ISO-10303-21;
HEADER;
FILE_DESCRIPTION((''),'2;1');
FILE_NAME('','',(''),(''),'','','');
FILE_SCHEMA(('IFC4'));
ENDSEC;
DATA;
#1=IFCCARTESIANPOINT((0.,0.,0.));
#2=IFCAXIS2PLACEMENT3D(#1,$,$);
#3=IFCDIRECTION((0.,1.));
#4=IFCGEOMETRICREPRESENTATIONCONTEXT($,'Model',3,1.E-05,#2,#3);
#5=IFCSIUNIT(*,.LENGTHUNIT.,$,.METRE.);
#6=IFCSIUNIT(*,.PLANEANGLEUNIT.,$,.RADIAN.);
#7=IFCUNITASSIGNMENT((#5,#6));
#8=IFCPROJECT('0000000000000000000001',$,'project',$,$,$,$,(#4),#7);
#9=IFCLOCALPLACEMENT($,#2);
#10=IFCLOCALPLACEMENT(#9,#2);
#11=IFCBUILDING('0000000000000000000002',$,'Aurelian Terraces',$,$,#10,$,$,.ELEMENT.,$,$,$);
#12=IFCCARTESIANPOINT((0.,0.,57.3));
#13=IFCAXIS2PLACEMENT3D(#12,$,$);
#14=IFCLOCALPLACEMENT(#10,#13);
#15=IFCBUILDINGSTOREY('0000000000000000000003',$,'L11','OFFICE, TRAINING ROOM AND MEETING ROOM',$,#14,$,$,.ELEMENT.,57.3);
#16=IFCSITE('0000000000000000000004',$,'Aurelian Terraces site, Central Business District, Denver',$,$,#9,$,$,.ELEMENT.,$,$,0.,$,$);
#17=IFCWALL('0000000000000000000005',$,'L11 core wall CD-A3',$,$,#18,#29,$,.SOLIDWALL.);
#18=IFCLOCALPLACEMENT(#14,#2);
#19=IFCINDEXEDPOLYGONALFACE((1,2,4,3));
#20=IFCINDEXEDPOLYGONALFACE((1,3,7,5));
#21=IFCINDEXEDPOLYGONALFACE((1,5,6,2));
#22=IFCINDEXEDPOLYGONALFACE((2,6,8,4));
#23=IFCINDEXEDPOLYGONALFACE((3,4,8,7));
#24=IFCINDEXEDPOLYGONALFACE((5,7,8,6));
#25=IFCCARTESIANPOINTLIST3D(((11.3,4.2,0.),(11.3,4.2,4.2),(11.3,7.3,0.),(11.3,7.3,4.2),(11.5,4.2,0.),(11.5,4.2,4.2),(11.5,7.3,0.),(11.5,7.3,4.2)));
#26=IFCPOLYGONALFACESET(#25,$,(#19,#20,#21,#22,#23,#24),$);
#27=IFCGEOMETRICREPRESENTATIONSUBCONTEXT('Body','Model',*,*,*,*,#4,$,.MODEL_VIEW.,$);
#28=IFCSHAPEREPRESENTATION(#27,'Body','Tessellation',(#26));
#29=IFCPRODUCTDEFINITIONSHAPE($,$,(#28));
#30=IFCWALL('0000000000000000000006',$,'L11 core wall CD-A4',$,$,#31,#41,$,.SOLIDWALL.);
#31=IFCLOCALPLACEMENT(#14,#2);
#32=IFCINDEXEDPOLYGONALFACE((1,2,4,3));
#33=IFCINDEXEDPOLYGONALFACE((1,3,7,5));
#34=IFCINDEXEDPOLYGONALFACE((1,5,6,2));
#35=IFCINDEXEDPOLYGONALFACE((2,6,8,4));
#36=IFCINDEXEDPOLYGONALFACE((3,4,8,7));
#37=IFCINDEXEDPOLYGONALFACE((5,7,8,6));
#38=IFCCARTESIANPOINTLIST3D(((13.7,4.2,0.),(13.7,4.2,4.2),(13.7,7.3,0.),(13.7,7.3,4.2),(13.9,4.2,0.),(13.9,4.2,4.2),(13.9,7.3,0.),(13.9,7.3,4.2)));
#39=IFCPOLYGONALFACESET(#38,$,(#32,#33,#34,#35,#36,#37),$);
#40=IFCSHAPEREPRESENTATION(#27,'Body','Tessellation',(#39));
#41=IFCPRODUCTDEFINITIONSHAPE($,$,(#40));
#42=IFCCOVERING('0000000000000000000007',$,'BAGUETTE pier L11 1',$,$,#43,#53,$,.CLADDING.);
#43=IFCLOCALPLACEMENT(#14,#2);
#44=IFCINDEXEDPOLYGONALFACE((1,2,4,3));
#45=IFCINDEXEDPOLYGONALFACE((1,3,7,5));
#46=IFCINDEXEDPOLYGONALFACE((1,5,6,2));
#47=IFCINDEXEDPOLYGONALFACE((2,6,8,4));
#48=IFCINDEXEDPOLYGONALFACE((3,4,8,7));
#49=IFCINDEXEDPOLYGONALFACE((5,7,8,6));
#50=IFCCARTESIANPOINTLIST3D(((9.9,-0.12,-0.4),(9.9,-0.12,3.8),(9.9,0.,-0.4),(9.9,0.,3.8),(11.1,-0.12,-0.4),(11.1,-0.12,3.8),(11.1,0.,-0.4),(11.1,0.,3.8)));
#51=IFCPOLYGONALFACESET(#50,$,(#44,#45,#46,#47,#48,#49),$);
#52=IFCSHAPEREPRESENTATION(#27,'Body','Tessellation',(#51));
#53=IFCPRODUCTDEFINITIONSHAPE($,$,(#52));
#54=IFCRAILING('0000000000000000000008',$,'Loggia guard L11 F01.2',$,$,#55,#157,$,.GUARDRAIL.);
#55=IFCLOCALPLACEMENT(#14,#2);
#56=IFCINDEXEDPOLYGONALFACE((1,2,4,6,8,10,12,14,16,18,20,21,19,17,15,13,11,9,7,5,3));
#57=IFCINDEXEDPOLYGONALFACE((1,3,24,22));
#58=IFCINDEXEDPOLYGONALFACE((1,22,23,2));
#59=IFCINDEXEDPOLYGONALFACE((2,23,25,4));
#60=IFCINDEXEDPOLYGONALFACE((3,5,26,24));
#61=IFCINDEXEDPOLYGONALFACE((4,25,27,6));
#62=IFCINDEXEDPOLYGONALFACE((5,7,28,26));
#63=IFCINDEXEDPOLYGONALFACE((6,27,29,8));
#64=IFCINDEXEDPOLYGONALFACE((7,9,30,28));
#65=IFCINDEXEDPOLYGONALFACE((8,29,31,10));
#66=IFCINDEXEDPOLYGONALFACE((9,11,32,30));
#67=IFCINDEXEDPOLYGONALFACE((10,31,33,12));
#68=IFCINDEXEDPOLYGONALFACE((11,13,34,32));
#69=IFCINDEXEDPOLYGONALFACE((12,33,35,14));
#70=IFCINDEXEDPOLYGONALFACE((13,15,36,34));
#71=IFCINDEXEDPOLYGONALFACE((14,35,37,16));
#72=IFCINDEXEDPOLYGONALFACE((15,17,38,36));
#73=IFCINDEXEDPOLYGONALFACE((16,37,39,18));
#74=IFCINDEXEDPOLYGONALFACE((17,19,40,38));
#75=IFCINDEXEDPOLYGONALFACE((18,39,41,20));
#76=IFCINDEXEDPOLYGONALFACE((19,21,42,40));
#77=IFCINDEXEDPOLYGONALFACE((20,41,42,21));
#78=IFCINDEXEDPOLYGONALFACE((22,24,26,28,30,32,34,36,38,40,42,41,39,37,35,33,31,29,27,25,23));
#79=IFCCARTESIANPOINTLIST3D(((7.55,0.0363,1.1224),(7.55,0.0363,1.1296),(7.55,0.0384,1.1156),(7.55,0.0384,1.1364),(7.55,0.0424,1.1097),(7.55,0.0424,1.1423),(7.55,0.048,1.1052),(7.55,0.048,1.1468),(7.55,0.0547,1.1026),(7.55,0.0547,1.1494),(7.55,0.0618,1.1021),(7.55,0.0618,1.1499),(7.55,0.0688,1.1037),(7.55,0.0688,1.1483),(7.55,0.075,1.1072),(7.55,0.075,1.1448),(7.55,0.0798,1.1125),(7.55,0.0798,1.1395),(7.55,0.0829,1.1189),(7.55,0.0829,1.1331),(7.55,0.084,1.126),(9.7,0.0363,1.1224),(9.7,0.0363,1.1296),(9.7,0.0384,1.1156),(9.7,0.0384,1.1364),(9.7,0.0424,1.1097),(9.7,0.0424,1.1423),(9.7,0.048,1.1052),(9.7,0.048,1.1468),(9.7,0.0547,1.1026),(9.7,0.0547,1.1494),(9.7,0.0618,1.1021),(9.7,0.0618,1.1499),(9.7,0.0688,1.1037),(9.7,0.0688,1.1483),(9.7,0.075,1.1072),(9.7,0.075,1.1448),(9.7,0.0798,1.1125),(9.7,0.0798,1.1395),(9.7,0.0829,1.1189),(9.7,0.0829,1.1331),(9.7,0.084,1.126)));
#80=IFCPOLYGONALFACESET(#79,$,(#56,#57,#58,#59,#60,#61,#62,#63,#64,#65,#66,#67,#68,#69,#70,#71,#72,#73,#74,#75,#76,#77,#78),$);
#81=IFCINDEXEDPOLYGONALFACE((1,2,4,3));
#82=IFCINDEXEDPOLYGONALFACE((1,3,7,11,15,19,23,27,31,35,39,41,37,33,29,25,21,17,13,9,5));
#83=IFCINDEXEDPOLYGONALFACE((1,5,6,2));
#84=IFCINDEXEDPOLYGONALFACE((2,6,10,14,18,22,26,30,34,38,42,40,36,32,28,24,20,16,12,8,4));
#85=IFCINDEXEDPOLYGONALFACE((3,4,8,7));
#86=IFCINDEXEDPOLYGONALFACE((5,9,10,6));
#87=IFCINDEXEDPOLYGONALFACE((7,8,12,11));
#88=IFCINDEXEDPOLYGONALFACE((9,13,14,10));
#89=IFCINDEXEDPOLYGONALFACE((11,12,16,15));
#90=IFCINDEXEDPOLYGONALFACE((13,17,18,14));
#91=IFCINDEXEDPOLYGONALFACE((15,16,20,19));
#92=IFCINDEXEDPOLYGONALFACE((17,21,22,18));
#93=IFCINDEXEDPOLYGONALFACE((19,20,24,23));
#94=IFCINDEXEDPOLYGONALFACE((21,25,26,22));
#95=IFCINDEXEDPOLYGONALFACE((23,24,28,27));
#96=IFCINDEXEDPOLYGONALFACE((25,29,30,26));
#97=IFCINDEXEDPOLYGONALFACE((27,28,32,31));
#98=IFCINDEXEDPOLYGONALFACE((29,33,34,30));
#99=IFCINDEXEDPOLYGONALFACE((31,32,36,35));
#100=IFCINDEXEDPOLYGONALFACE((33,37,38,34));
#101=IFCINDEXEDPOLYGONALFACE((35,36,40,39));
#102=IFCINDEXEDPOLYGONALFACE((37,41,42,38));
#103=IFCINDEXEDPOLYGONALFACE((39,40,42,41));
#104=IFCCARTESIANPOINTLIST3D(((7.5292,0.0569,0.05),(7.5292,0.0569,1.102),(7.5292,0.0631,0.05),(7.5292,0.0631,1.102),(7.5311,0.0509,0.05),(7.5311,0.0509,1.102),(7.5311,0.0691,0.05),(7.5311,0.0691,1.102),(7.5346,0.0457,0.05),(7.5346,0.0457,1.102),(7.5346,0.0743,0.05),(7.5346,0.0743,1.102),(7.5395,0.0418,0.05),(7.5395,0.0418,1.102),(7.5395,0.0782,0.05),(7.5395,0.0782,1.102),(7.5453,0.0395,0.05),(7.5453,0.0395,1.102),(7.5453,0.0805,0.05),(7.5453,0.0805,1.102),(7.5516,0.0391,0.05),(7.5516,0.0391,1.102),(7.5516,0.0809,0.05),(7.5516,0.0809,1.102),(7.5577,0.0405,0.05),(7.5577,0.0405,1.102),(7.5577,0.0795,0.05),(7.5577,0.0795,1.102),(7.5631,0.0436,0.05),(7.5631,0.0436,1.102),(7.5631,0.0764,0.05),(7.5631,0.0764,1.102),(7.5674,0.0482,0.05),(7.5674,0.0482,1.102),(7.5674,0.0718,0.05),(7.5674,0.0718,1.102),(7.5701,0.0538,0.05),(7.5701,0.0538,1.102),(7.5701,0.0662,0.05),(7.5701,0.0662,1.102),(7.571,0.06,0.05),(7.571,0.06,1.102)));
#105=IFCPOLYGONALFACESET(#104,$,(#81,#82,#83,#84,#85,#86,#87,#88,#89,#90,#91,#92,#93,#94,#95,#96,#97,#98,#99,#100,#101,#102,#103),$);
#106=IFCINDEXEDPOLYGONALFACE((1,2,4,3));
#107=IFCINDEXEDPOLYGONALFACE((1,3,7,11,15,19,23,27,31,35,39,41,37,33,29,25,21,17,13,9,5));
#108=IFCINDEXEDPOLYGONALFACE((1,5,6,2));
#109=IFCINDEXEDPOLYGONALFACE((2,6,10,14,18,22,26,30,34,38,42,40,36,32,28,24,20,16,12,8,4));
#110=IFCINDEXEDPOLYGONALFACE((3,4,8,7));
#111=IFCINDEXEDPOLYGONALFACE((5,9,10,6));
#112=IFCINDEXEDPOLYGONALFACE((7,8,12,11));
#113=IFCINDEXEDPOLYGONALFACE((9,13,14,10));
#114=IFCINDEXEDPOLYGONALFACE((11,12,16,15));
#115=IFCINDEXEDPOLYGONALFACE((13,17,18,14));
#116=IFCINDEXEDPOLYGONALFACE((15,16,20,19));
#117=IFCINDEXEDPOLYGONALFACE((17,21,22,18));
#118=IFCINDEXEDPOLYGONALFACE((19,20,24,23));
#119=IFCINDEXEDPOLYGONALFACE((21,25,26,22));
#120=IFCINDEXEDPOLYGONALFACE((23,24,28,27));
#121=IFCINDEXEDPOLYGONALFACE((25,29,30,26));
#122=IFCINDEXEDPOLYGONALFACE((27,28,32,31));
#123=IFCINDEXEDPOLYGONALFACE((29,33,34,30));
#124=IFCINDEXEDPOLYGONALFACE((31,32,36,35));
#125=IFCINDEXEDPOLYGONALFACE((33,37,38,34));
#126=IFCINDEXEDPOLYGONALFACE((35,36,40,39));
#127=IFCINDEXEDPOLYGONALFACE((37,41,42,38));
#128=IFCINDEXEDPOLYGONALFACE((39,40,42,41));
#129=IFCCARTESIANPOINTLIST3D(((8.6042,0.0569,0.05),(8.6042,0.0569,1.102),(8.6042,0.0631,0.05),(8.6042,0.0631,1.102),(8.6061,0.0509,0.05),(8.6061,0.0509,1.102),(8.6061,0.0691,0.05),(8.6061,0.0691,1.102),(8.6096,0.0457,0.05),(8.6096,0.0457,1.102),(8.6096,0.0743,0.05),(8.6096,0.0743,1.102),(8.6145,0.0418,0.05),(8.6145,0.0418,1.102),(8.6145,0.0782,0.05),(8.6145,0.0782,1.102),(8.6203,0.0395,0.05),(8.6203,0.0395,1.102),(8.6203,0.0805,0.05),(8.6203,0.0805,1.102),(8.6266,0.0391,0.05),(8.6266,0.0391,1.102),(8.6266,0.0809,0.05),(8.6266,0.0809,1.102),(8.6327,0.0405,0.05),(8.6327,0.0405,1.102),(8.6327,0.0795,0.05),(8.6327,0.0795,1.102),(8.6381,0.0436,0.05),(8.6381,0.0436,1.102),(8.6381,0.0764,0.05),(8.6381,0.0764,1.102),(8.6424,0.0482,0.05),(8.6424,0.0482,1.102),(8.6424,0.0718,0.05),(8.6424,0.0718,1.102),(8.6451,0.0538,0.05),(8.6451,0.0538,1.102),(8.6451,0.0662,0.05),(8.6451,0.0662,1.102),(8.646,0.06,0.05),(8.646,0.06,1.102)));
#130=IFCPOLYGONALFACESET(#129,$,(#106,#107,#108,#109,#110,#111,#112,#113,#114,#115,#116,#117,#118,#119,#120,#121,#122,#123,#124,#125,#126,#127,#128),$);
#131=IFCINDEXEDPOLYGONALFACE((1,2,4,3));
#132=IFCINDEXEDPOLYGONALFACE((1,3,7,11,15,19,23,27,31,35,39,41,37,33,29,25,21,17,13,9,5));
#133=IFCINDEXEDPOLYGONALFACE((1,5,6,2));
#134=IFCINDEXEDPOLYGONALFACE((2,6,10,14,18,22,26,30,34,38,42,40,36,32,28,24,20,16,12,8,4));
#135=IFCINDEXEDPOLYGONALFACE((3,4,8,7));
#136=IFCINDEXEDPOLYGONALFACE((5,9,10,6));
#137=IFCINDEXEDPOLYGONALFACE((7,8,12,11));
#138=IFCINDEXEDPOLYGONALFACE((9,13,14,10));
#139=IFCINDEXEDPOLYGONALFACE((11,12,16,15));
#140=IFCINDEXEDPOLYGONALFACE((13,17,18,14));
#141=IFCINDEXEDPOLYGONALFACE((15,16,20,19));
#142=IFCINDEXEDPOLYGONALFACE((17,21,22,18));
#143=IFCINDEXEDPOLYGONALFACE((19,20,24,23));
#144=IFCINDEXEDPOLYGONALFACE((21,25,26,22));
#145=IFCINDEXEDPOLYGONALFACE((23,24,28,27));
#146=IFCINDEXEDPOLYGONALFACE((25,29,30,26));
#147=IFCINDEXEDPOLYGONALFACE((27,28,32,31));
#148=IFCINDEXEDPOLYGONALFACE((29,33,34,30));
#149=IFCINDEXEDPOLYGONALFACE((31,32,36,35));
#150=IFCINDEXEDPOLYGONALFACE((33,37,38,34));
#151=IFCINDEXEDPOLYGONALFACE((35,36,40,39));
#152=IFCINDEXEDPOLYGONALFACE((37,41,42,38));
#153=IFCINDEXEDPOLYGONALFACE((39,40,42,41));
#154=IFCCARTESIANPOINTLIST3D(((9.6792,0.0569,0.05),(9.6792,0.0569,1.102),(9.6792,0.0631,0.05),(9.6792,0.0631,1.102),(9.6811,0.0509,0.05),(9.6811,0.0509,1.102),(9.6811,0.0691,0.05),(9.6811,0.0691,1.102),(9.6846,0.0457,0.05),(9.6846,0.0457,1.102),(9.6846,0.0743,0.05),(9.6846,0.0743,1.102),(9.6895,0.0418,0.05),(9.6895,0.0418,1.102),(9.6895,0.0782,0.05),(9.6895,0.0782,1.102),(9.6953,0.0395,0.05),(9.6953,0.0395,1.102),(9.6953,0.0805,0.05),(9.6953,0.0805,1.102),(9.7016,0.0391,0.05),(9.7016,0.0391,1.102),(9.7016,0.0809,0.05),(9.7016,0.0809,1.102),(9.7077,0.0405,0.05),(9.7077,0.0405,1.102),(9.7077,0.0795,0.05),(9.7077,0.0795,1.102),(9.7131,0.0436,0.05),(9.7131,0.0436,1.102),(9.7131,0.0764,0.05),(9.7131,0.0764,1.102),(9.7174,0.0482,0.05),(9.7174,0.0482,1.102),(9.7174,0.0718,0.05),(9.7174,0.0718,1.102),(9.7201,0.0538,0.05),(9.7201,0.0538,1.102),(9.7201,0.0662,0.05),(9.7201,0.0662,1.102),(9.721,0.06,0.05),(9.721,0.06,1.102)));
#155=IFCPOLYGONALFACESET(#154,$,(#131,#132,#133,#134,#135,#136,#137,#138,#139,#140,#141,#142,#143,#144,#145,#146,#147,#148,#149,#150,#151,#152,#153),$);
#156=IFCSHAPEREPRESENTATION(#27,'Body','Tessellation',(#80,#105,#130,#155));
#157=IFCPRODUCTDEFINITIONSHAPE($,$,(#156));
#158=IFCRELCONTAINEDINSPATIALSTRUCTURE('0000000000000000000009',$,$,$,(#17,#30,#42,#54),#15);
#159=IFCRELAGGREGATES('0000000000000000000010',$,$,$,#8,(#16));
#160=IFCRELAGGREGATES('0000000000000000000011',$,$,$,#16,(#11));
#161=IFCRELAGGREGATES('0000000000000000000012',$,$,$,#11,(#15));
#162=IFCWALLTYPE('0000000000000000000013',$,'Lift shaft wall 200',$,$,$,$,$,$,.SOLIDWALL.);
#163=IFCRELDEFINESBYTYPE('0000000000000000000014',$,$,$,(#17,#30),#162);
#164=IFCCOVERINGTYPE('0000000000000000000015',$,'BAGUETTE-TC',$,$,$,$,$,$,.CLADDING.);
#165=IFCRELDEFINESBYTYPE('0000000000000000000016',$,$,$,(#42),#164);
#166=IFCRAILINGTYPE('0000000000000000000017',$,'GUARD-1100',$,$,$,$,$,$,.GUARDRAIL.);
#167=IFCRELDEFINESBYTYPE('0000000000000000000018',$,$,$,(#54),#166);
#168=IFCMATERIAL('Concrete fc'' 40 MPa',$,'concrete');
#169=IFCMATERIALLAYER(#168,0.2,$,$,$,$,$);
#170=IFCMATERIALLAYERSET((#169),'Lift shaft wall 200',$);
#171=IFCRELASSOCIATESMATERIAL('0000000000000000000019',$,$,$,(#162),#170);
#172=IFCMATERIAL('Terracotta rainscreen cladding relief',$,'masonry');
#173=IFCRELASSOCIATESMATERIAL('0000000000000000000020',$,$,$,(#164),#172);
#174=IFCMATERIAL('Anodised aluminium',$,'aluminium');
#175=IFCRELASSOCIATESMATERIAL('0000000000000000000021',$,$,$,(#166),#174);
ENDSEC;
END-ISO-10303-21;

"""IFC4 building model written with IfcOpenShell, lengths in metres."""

from ifc_helpers import new_model, si_unit, direction, frame, frame_2d, origin, origin_2d, place, context, subcontext, project, spatial, rectangle, circle, extrude, source, transform, mapped, material, layer, layer_set, type_object, element, save


model = new_model("IFC4")

# Units and contexts
model_context = context("Model", 3, precision=1e-05, world=origin(), true_north=direction((0.0, 1.0)))
body_context = subcontext(model_context, "Body", "Model", "MODEL_VIEW")
ifc_project = project(units=[si_unit("LENGTHUNIT", "METRE"), si_unit("PLANEANGLEUNIT", "RADIAN")], contexts=[model_context])

# Site, building, storey
site_placement = place(None, origin())
site = spatial("IfcSite", under=ifc_project, at=site_placement, Name="Aurelian Terraces site, Central Business District, Denver", CompositionType="ELEMENT", RefElevation=0.0)
building_placement = place(site_placement, origin())
building = spatial("IfcBuilding", under=site, at=building_placement, Name="Aurelian Terraces", CompositionType="ELEMENT")
storey_placement = place(building_placement, frame((0.0, 0.0, 57.3)))
storey = spatial("IfcBuildingStorey", under=building, at=storey_placement, Name="L11", Description="OFFICE, TRAINING ROOM AND MEETING ROOM", CompositionType="ELEMENT", Elevation=57.3)

# Shared definitions
ifc_material_1 = material(Name="Concrete fc' 40 MPa", Category="concrete")

# Walls
ifc_layer_1 = layer(ifc_material_1, 0.2)
ifc_layer_set_1 = layer_set([ifc_layer_1], Name="Lift shaft wall 200")
wall_type_1 = type_object("IfcWallType", Name="Lift shaft wall 200", PredefinedType="SOLIDWALL", material=ifc_layer_set_1)
shared_shape_1 = source(origin(), body_context, "Body", "SweptSolid", [
    extrude(rectangle(XDim=3.1, YDim=0.2, at=frame_2d((1.55, 0.0))), origin(), (0.0, 0.0, 1.0), 4.2),
])
for number, where, z_axis, x_axis, name in (
    (1, (11.4, 4.2, 0.0), (0.0, 0.0, 1.0), (0.0, 1.0, 0.0), "L11 core wall CD-A3"),
    (2, (13.8, 4.2, 0.0), (0.0, 0.0, 1.0), (0.0, 1.0, 0.0), "L11 core wall CD-A4"),
):
    element("IfcWall", number, at=place(storey_placement, frame(where, z_axis=z_axis, x_axis=x_axis)), inside=storey, type_object=wall_type_1, Name=name, PredefinedType="SOLIDWALL", context=body_context, shape_type="MappedRepresentation", body=[
        mapped(shared_shape_1, transform((0.0, 0.0, 0.0), scale=1.0)),
    ])

# Covering
ifc_material_2 = material(Name="Terracotta rainscreen cladding relief", Category="masonry")
covering_type = type_object("IfcCoveringType", Name="BAGUETTE-TC", PredefinedType="CLADDING", material=ifc_material_2)
shared_shape_2 = source(origin(), body_context, "Body", "SweptSolid", [
    extrude(rectangle(XDim=1.2, YDim=0.12, at=origin_2d()), origin(), (0.0, 0.0, 1.0), 4.2),
])
covering_placement = place(storey_placement, frame((10.5, -0.06, -0.4), z_axis=(0.0, 0.0, 1.0), x_axis=(1.0, 0.0, 0.0)))
element("IfcCovering", 3, at=covering_placement, inside=storey, type_object=covering_type, Name="BAGUETTE pier L11 1", PredefinedType="CLADDING", context=body_context, shape_type="MappedRepresentation", body=[
    mapped(shared_shape_2, transform((0.0, 0.0, 0.0), scale=1.0)),
])

# Railing
ifc_material_3 = material(Name="Anodised aluminium", Category="aluminium")
railing_type = type_object("IfcRailingType", Name="GUARD-1100", PredefinedType="GUARDRAIL", material=ifc_material_3)
shared_shape_3 = source(origin(), body_context, "Body", "SweptSolid", [
    extrude(circle(Radius=0.024, at=origin_2d()), frame((0.0, 0.0, 1.076), z_axis=(1.0, 0.0, 0.0), x_axis=(0.0, 1.0, 0.0)), (0.0, 0.0, 1.0), 2.15),
    extrude(circle(Radius=0.021, at=origin_2d()), origin(), (0.0, 0.0, 1.0), 1.052),
    extrude(circle(Radius=0.021, at=origin_2d()), frame((1.075, 0.0, 0.0)), (0.0, 0.0, 1.0), 1.052),
    extrude(circle(Radius=0.021, at=origin_2d()), frame((2.15, 0.0, 0.0)), (0.0, 0.0, 1.0), 1.052),
])
railing_placement = place(storey_placement, frame((7.55, 0.06, 0.05)))
element("IfcRailing", 4, at=railing_placement, inside=storey, type_object=railing_type, Name="Loggia guard L11 F01.2", PredefinedType="GUARDRAIL", context=body_context, shape_type="MappedRepresentation", body=[
    mapped(shared_shape_3, transform((0.0, 0.0, 0.0), scale=1.0)),
])

save(model, "model.ifc")
